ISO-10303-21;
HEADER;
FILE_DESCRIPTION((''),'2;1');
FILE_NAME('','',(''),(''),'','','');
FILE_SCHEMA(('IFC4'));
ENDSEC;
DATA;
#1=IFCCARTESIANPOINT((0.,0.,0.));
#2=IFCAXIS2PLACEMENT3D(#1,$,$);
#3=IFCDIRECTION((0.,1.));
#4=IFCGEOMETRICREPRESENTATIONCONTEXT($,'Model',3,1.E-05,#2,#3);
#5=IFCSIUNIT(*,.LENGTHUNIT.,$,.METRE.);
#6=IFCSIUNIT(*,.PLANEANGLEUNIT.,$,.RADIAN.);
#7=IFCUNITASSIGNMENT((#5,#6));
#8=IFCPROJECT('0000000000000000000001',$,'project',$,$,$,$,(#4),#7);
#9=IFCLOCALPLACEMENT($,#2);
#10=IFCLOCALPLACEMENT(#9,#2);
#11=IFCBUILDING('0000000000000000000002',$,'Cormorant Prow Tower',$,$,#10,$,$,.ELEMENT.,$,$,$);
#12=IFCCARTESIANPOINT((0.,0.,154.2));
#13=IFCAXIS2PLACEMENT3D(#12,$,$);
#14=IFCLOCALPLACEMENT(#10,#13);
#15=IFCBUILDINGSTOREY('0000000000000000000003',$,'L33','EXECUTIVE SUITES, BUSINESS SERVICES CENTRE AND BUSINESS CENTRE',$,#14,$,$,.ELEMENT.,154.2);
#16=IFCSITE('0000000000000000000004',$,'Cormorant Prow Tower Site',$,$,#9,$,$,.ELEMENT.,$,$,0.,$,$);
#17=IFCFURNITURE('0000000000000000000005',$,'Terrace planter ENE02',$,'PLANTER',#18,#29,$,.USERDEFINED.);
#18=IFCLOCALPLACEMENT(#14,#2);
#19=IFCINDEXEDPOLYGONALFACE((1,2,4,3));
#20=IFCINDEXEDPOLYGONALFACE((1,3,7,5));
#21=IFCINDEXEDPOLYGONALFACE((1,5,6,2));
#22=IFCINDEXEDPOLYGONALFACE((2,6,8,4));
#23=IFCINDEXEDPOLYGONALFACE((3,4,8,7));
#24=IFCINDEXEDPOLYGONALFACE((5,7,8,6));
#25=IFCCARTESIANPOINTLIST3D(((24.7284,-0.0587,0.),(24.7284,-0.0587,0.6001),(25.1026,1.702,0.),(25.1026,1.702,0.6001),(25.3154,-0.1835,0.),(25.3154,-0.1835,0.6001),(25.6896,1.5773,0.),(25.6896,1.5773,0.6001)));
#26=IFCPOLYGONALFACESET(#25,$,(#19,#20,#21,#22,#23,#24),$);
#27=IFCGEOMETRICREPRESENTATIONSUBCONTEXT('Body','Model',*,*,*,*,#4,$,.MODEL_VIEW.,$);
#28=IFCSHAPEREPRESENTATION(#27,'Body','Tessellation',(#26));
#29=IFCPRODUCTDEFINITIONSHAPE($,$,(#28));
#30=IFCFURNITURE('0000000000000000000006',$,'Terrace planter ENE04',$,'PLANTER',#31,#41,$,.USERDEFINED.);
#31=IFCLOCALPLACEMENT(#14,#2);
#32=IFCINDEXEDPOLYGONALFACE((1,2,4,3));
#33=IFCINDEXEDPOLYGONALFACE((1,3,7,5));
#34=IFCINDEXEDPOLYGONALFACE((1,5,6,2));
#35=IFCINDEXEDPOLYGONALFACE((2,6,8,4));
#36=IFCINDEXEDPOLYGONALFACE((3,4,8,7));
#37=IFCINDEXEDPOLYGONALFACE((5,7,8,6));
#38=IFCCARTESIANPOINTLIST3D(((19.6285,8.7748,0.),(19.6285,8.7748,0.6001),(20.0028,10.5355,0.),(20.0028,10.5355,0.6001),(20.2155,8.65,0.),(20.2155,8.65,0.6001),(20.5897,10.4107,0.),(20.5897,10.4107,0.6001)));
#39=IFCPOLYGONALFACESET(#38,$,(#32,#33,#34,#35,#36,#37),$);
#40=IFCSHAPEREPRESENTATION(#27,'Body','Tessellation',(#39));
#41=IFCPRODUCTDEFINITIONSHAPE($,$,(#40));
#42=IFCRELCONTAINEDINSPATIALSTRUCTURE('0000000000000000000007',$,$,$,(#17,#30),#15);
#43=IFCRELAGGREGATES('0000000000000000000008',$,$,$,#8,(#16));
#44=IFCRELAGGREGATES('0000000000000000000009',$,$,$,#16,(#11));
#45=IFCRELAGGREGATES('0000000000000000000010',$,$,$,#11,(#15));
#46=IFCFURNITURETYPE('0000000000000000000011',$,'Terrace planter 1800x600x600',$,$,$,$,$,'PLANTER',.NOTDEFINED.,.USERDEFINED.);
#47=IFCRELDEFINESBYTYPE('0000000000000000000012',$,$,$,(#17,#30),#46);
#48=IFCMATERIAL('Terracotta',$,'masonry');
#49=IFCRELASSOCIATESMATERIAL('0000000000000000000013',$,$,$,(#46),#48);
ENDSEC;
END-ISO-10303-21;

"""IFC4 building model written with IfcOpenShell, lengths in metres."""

from ifc_helpers import new_model, si_unit, direction, frame, origin, origin_2d, place, context, subcontext, project, spatial, rectangle, extrude, material, type_object, element, save


model = new_model("IFC4")

# Units and contexts
model_context = context("Model", 3, precision=1e-05, world=origin(), true_north=direction((0.0, 1.0)))
body_context = subcontext(model_context, "Body", "Model", "MODEL_VIEW")
ifc_project = project(units=[si_unit("LENGTHUNIT", "METRE"), si_unit("PLANEANGLEUNIT", "RADIAN")], contexts=[model_context])

# Site, building, storey
site_placement = place(None, origin())
site = spatial("IfcSite", under=ifc_project, at=site_placement, Name="Cormorant Prow Tower Site", CompositionType="ELEMENT", RefElevation=0.0)
building_placement = place(site_placement, origin())
building = spatial("IfcBuilding", under=site, at=building_placement, Name="Cormorant Prow Tower", CompositionType="ELEMENT")
storey_placement = place(building_placement, frame((0.0, 0.0, 154.2)))
storey = spatial("IfcBuildingStorey", under=building, at=storey_placement, Name="L33", Description="EXECUTIVE SUITES, BUSINESS SERVICES CENTRE AND BUSINESS CENTRE", CompositionType="ELEMENT", Elevation=154.2)

# Furniture
ifc_material_1 = material(Name="Terracotta", Category="masonry")
furniture_type = type_object("IfcFurnitureType", Name="Terrace planter 1800x600x600", ElementType="PLANTER", AssemblyPlace="NOTDEFINED", PredefinedType="USERDEFINED", material=ifc_material_1)
for number, where, z_axis, x_axis, name in (
    (1, (25.209, 0.7593, 0.0), (0.0, 0.0, 1.0), (0.207912, 0.978148, 0.0), "Terrace planter ENE02"),
    (2, (20.1091, 9.5928, 0.0), (0.0, 0.0, 1.0), (0.207912, 0.978148, 0.0), "Terrace planter ENE04"),
):
    element("IfcFurniture", number, at=place(storey_placement, frame(where, z_axis=z_axis, x_axis=x_axis)), inside=storey, type_object=furniture_type, Name=name, ObjectType="PLANTER", PredefinedType="USERDEFINED", context=body_context, shape_type="SweptSolid", body=[
        extrude(rectangle(XDim=1.8, YDim=0.6001, at=origin_2d()), origin(), (0.0, 0.0, 1.0), 0.6001),
    ])

save(model, "model.ifc")
